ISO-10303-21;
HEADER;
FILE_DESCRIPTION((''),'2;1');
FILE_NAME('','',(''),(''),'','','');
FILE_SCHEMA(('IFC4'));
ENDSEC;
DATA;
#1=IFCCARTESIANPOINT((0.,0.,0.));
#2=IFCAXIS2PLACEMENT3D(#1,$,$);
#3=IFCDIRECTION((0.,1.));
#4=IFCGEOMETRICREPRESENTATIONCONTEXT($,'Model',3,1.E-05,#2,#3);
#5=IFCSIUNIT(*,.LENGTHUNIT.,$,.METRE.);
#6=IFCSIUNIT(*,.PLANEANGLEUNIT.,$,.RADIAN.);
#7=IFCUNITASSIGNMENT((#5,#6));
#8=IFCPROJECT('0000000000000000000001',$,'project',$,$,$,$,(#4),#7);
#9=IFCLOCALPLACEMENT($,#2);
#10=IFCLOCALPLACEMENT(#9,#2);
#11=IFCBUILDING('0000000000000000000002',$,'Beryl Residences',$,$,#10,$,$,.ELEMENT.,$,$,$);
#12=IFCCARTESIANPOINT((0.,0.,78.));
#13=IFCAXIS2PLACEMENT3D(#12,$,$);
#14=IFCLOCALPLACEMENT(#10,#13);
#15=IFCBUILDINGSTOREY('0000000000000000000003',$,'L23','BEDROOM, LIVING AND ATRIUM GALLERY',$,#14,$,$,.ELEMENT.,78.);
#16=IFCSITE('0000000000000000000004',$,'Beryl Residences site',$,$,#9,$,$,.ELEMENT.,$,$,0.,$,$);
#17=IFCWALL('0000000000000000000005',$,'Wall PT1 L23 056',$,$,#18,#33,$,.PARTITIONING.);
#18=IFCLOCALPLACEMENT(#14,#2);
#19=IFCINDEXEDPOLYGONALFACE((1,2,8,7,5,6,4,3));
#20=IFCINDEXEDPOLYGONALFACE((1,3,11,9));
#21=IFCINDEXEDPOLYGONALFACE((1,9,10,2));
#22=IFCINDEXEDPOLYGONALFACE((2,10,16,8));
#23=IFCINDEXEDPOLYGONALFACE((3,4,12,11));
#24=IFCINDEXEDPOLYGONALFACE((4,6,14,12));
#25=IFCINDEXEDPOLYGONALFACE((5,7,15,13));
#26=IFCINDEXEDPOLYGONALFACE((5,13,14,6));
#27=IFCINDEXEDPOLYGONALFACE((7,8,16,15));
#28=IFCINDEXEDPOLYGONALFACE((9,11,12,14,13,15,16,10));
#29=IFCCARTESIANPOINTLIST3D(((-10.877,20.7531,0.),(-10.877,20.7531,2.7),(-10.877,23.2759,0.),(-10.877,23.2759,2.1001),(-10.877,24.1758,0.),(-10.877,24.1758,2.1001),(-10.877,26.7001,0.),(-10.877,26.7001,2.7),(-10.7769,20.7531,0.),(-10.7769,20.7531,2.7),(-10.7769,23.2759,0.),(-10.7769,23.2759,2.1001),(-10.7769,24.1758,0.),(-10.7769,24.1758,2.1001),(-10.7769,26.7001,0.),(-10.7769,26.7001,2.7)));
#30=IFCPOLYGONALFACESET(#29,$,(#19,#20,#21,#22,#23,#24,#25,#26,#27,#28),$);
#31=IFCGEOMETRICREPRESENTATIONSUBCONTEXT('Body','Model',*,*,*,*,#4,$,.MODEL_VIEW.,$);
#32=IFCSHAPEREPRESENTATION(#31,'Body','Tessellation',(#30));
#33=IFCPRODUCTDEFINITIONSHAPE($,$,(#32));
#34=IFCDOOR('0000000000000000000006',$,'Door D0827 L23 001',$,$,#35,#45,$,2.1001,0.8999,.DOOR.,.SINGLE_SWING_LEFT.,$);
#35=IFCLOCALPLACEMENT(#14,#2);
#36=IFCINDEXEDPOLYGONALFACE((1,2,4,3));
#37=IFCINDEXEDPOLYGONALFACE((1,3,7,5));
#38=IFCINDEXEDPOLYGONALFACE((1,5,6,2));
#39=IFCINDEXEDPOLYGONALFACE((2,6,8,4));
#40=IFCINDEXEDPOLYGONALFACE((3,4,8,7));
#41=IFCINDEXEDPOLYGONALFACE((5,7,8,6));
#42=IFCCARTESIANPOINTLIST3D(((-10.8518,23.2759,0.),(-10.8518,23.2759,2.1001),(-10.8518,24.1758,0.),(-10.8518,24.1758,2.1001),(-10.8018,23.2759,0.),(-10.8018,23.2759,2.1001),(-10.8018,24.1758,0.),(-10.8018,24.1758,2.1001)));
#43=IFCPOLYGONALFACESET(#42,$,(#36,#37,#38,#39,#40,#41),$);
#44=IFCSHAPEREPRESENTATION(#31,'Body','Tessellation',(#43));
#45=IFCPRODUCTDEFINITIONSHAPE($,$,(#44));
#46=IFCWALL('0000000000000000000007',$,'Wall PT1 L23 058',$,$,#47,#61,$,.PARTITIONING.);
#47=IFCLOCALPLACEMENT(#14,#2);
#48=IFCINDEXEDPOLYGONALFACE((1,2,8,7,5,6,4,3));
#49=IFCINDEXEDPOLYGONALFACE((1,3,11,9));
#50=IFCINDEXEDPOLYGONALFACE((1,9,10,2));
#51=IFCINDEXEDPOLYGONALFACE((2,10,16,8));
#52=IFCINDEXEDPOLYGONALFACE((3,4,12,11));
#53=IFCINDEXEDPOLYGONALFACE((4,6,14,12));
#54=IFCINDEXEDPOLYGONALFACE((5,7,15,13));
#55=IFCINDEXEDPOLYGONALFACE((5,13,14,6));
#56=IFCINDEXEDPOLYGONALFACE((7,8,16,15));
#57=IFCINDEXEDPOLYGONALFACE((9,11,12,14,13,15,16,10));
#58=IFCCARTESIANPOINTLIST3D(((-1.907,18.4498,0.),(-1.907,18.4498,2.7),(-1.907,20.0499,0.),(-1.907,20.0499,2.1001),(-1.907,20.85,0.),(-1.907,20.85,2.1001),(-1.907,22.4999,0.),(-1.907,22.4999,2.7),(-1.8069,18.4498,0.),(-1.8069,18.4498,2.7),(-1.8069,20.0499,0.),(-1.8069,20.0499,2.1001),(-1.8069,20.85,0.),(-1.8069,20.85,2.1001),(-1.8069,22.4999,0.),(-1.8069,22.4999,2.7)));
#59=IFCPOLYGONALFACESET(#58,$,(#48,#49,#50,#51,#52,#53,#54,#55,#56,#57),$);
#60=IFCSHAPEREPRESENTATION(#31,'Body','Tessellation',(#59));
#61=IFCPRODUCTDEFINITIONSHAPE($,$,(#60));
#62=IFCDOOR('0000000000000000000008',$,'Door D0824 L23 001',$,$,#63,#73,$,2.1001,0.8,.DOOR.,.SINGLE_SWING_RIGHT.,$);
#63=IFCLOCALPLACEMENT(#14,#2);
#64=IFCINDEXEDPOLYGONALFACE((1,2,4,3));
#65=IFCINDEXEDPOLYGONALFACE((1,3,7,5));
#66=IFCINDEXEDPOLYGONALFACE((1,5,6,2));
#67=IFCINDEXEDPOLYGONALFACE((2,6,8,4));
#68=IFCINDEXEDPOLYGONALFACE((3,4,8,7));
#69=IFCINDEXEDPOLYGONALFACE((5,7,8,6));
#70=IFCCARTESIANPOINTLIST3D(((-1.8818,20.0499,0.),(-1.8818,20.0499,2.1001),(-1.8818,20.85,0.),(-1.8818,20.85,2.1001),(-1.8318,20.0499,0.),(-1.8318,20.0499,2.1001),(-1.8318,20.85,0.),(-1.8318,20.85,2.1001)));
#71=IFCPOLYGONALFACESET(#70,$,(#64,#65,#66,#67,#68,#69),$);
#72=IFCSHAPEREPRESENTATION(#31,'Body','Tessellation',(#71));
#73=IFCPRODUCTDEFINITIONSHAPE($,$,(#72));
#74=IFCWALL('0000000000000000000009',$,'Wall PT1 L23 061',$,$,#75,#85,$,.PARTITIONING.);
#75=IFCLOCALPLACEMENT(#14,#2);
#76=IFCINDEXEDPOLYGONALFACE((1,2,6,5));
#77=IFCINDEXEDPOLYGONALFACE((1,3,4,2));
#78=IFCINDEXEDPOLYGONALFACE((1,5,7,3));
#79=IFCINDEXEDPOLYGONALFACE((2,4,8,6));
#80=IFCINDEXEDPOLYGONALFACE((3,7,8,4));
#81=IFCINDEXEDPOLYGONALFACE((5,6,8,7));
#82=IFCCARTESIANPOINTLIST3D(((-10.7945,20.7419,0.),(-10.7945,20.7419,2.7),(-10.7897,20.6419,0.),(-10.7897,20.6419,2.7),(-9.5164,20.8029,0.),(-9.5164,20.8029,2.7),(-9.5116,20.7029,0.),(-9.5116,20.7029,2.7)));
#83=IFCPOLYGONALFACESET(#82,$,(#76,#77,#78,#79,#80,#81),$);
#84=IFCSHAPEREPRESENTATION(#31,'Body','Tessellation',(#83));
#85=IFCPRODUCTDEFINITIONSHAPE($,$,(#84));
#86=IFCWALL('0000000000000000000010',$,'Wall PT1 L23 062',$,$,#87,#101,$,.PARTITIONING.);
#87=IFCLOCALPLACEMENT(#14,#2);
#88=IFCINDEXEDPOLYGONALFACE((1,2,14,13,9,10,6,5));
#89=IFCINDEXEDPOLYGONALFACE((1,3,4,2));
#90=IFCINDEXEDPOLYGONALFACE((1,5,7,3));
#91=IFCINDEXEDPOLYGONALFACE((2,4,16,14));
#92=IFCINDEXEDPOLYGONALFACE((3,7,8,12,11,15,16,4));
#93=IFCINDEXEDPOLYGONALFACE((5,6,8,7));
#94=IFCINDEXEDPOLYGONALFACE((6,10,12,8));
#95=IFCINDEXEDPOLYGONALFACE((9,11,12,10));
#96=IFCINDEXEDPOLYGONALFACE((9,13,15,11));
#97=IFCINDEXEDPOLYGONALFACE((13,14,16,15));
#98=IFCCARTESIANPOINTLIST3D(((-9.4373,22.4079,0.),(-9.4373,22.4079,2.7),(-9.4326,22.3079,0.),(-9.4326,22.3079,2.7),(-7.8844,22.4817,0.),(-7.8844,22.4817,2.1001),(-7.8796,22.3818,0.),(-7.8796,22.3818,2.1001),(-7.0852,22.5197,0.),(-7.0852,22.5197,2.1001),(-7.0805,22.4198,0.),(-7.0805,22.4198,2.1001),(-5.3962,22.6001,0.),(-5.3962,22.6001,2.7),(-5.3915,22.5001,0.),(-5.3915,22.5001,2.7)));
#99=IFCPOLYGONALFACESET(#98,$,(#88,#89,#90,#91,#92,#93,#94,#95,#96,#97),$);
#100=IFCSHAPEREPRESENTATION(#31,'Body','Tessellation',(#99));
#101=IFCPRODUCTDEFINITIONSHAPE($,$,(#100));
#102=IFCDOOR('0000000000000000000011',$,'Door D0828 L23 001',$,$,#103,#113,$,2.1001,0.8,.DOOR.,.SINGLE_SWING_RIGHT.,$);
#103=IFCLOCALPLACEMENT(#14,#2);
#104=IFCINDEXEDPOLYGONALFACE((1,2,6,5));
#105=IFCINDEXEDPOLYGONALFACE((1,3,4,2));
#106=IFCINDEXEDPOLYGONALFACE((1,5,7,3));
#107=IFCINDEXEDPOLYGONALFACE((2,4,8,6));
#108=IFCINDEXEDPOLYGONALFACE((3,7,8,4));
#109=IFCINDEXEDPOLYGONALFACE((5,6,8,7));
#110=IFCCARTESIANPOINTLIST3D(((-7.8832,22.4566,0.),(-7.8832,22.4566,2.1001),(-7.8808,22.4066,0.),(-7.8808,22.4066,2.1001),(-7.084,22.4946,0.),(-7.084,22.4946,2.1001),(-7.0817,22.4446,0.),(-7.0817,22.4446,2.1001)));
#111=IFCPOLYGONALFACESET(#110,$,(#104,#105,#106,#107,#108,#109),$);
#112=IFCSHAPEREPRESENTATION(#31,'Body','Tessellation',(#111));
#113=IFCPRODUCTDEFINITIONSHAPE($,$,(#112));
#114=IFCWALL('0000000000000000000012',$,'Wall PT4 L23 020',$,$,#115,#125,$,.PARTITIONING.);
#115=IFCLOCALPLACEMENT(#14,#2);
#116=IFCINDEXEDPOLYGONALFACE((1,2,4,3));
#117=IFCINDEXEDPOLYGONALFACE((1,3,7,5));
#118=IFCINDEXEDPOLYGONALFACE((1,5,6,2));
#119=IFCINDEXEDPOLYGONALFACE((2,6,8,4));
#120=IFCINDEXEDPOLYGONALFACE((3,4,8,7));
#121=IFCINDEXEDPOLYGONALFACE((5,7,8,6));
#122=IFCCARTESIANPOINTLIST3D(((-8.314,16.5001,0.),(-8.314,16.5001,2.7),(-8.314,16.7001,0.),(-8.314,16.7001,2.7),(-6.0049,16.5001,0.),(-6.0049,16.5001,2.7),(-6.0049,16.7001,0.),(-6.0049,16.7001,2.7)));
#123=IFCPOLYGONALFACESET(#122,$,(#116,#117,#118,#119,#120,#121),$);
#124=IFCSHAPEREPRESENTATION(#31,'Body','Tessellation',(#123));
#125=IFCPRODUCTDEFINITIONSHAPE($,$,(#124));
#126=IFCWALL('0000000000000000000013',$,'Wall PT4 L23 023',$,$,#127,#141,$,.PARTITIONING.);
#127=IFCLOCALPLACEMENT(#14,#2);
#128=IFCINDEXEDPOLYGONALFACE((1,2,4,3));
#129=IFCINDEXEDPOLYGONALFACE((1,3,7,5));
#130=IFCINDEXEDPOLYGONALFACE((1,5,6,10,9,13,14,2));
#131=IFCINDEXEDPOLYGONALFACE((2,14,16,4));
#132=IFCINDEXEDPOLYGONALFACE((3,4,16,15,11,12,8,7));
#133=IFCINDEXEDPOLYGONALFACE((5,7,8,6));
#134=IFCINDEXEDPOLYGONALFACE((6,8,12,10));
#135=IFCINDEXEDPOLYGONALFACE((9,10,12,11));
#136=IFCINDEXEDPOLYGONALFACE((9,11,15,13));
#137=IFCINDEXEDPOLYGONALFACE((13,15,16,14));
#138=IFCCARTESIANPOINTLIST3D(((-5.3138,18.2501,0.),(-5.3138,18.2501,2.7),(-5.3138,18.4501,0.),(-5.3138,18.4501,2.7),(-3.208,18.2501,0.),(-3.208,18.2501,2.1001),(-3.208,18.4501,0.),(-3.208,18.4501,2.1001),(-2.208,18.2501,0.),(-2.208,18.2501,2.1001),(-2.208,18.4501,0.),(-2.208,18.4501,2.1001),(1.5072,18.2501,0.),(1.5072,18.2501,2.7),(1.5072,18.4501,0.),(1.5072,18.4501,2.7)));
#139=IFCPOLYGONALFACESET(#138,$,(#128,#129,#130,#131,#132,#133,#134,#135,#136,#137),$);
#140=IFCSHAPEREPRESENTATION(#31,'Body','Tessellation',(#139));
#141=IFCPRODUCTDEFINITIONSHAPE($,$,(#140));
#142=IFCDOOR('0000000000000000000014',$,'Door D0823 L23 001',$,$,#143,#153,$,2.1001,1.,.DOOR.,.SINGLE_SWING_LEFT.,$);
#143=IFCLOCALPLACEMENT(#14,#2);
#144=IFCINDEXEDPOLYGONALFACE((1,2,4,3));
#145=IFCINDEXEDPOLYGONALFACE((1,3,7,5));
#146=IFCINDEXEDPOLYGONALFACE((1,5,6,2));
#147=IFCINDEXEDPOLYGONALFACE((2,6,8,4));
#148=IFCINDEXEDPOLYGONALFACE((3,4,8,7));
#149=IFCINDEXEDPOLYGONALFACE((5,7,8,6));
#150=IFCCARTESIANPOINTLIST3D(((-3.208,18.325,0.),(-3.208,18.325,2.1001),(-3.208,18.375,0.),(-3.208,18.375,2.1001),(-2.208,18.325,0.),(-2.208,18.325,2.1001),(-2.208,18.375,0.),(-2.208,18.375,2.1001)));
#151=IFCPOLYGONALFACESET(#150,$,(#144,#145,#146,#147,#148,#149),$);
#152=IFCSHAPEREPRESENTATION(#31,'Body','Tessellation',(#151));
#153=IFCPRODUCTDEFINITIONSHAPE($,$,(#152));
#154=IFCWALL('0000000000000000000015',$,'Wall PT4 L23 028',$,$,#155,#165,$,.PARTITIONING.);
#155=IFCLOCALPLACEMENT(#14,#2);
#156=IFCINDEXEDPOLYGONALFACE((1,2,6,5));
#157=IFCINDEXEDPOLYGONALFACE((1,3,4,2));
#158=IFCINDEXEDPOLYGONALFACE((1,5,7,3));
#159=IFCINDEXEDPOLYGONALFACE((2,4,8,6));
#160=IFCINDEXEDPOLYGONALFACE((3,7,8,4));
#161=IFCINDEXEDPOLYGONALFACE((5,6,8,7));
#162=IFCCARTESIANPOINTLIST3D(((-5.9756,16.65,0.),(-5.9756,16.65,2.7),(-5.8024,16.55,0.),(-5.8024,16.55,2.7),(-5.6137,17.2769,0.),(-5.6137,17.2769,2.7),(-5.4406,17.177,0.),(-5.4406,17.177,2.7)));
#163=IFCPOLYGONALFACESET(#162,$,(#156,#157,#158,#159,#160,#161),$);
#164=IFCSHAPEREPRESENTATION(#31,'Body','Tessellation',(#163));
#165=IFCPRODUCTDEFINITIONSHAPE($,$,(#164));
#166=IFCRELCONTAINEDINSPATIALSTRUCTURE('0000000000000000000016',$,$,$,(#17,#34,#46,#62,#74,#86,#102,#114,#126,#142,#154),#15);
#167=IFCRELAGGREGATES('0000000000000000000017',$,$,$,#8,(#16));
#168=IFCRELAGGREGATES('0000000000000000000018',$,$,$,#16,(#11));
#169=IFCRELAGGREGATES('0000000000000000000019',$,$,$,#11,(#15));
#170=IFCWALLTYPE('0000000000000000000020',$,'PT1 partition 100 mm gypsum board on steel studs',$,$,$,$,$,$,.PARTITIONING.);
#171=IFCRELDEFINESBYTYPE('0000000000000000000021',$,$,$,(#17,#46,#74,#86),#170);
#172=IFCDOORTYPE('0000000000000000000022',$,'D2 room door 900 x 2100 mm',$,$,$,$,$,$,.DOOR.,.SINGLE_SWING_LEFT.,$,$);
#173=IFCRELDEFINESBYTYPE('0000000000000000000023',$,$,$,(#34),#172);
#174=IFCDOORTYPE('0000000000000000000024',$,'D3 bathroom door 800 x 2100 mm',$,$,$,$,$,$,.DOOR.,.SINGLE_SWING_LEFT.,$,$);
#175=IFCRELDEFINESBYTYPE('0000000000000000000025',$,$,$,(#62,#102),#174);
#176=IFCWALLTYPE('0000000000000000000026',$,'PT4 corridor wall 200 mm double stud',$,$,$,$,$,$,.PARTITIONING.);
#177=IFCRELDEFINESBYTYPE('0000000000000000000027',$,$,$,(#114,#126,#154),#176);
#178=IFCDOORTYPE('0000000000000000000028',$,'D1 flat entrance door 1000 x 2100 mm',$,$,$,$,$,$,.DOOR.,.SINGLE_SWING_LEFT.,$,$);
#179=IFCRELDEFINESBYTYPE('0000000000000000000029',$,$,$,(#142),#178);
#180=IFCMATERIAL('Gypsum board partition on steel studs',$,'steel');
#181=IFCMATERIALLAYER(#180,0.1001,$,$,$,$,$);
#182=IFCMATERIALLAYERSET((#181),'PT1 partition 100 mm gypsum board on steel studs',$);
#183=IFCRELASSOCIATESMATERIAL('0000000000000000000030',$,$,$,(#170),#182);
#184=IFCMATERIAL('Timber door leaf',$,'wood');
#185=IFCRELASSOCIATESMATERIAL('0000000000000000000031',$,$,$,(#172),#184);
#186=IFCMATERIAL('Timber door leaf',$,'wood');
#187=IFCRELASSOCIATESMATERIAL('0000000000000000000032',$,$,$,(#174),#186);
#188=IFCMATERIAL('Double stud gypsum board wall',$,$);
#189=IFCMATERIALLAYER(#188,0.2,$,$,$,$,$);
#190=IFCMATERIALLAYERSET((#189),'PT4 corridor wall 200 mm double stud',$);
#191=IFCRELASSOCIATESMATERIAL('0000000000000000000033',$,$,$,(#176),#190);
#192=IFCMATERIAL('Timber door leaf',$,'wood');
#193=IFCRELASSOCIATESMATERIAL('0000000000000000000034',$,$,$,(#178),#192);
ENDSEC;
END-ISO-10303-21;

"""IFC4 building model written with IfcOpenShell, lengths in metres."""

from ifc_helpers import new_model, si_unit, direction, frame, frame_2d, origin, place, context, subcontext, project, spatial, rectangle, extrude, material, layer, layer_set, type_object, element, fill, save


model = new_model("IFC4")

# Units and contexts
model_context = context("Model", 3, precision=1e-05, world=origin(), true_north=direction((0.0, 1.0)))
body_context = subcontext(model_context, "Body", "Model", "MODEL_VIEW")
ifc_project = project(units=[si_unit("LENGTHUNIT", "METRE"), si_unit("PLANEANGLEUNIT", "RADIAN")], contexts=[model_context])

# Site, building, storey
site_placement = place(None, origin())
site = spatial("IfcSite", under=ifc_project, at=site_placement, Name="Beryl Residences site", CompositionType="ELEMENT", RefElevation=0.0)
building_placement = place(site_placement, origin())
building = spatial("IfcBuilding", under=site, at=building_placement, Name="Beryl Residences", CompositionType="ELEMENT")
storey_placement = place(building_placement, frame((0.0, 0.0, 78.0)))
storey = spatial("IfcBuildingStorey", under=building, at=storey_placement, Name="L23", Description="BEDROOM, LIVING AND ATRIUM GALLERY", CompositionType="ELEMENT", Elevation=78.0)

# Shared definitions
ifc_material_1 = material(Name="Gypsum board partition on steel studs", Category="steel")
ifc_layer_1 = layer(ifc_material_1, 0.1001)
ifc_layer_set_1 = layer_set([ifc_layer_1], Name="PT1 partition 100 mm gypsum board on steel studs")
wall_type_1 = type_object("IfcWallType", Name="PT1 partition 100 mm gypsum board on steel studs", PredefinedType="PARTITIONING", material=ifc_layer_set_1)

# Shared definitions
ifc_material_2 = material(Name="Timber door leaf", Category="wood")
door_type_1 = type_object("IfcDoorType", Name="D2 room door 900 x 2100 mm", OperationType="SINGLE_SWING_LEFT", PredefinedType="DOOR", material=ifc_material_2)

# Walls, openings, doors
wall_1_placement = place(storey_placement, frame((-10.8269, 20.7529, 0.0), z_axis=(0.0, 0.0, 1.0), x_axis=(0.0, 1.0, 0.0)))
wall_1 = element("IfcWall", 1, at=wall_1_placement, inside=storey, type_object=wall_type_1, Name="Wall PT1 L23 056", PredefinedType="PARTITIONING", context=body_context, shape_type="SweptSolid", body=[
    extrude(rectangle(XDim=5.947, YDim=0.1001, at=frame_2d((2.9736, 0.0))), origin(), (0.0, 0.0, 1.0), 2.7),
])
opening_1_placement = place(wall_1_placement, frame((2.5229, 0.0, 0.0)))
opening_1 = element("IfcOpeningElement", 2, at=opening_1_placement, cuts=wall_1, PredefinedType="OPENING", context=body_context, shape_type="SweptSolid", body=[
    extrude(rectangle(XDim=0.8999, YDim=2.1001, at=frame_2d((0.45, 1.05))), frame((0.0, 0.0601, 0.0), z_axis=(0.0, -1.0, 0.0), x_axis=(1.0, 0.0, 0.0)), (0.0, 0.0, 1.0), 0.1201),
])
door_1_placement = place(opening_1_placement, origin())
door_1 = element("IfcDoor", 3, at=door_1_placement, inside=storey, type_object=door_type_1, Name="Door D0827 L23 001", OperationType="SINGLE_SWING_LEFT", OverallHeight=2.1001, OverallWidth=0.8999, PredefinedType="DOOR", context=body_context, shape_type="SweptSolid", body=[
    extrude(rectangle(XDim=0.8999, YDim=2.1001, at=frame_2d((0.45, 1.05))), frame((0.0, 0.0249, 0.0), z_axis=(0.0, -1.0, 0.0), x_axis=(1.0, 0.0, 0.0)), (0.0, 0.0, 1.0), 0.05),
])
fill(opening_1, door_1)
wall_2_placement = place(storey_placement, frame((-1.8569, 18.45, 0.0), z_axis=(0.0, 0.0, 1.0), x_axis=(0.0, 1.0, 0.0)))
wall_2 = element("IfcWall", 4, at=wall_2_placement, inside=storey, type_object=wall_type_1, Name="Wall PT1 L23 058", PredefinedType="PARTITIONING", context=body_context, shape_type="SweptSolid", body=[
    extrude(rectangle(XDim=4.05, YDim=0.1001, at=frame_2d((2.0249, 0.0))), origin(), (0.0, 0.0, 1.0), 2.7),
])
opening_2_placement = place(wall_2_placement, frame((1.6001, 0.0, 0.0)))
opening_2 = element("IfcOpeningElement", 5, at=opening_2_placement, cuts=wall_2, PredefinedType="OPENING", context=body_context, shape_type="SweptSolid", body=[
    extrude(rectangle(XDim=0.8, YDim=2.1001, at=frame_2d((0.3999, 1.05))), frame((0.0, 0.0601, 0.0), z_axis=(0.0, -1.0, 0.0), x_axis=(1.0, 0.0, 0.0)), (0.0, 0.0, 1.0), 0.1201),
])
ifc_material_3 = material(Name="Timber door leaf", Category="wood")
door_type_2 = type_object("IfcDoorType", Name="D3 bathroom door 800 x 2100 mm", OperationType="SINGLE_SWING_LEFT", PredefinedType="DOOR", material=ifc_material_3)
door_2_placement = place(opening_2_placement, origin())
door_2 = element("IfcDoor", 6, at=door_2_placement, inside=storey, type_object=door_type_2, Name="Door D0824 L23 001", OperationType="SINGLE_SWING_RIGHT", OverallHeight=2.1001, OverallWidth=0.8, PredefinedType="DOOR", context=body_context, shape_type="SweptSolid", body=[
    extrude(rectangle(XDim=0.8, YDim=2.1001, at=frame_2d((0.3999, 1.05))), frame((0.0, 0.0249, 0.0), z_axis=(0.0, -1.0, 0.0), x_axis=(1.0, 0.0, 0.0)), (0.0, 0.0, 1.0), 0.05),
])
fill(opening_2, door_2)

# Wall
wall_3_placement = place(storey_placement, frame((-10.792, 20.6919, 0.0), z_axis=(0.0, 0.0, 1.0), x_axis=(0.998862, 0.047701, 0.0)))
element("IfcWall", 7, at=wall_3_placement, inside=storey, type_object=wall_type_1, Name="Wall PT1 L23 061", PredefinedType="PARTITIONING", context=body_context, shape_type="SweptSolid", body=[
    extrude(rectangle(XDim=1.2795, YDim=0.1001, at=frame_2d((0.6396, 0.0))), origin(), (0.0, 0.0, 1.0), 2.7),
])

# Wall, opening, door
wall_4_placement = place(storey_placement, frame((-9.4351, 22.3579, 0.0), z_axis=(0.0, 0.0, 1.0), x_axis=(0.998872, 0.047493, 0.0)))
wall_4 = element("IfcWall", 8, at=wall_4_placement, inside=storey, type_object=wall_type_1, Name="Wall PT1 L23 062", PredefinedType="PARTITIONING", context=body_context, shape_type="SweptSolid", body=[
    extrude(rectangle(XDim=4.0457, YDim=0.1001, at=frame_2d((2.0229, 0.0))), origin(), (0.0, 0.0, 1.0), 2.7),
])
opening_3_placement = place(wall_4_placement, frame((1.5549, 0.0, 0.0)))
opening_3 = element("IfcOpeningElement", 9, at=opening_3_placement, cuts=wall_4, PredefinedType="OPENING", context=body_context, shape_type="SweptSolid", body=[
    extrude(rectangle(XDim=0.8, YDim=2.1001, at=frame_2d((0.3999, 1.05))), frame((0.0, 0.0601, 0.0), z_axis=(0.0, -1.0, 0.0), x_axis=(1.0, 0.0, 0.0)), (0.0, 0.0, 1.0), 0.1201),
])
door_3_placement = place(opening_3_placement, origin())
door_3 = element("IfcDoor", 10, at=door_3_placement, inside=storey, type_object=door_type_2, Name="Door D0828 L23 001", OperationType="SINGLE_SWING_RIGHT", OverallHeight=2.1001, OverallWidth=0.8, PredefinedType="DOOR", context=body_context, shape_type="SweptSolid", body=[
    extrude(rectangle(XDim=0.8, YDim=2.1001, at=frame_2d((0.3999, 1.05))), frame((0.0, 0.0249, 0.0), z_axis=(0.0, -1.0, 0.0), x_axis=(1.0, 0.0, 0.0)), (0.0, 0.0, 1.0), 0.05),
])
fill(opening_3, door_3)

# Wall
ifc_material_4 = material(Name="Double stud gypsum board wall")
ifc_layer_2 = layer(ifc_material_4, 0.2)
ifc_layer_set_2 = layer_set([ifc_layer_2], Name="PT4 corridor wall 200 mm double stud")
wall_type_2 = type_object("IfcWallType", Name="PT4 corridor wall 200 mm double stud", PredefinedType="PARTITIONING", material=ifc_layer_set_2)
wall_5_placement = place(storey_placement, frame((-8.314, 16.6001, 0.0), z_axis=(0.0, 0.0, 1.0), x_axis=(1.0, 0.0, 0.0)))
element("IfcWall", 11, at=wall_5_placement, inside=storey, type_object=wall_type_2, Name="Wall PT4 L23 020", PredefinedType="PARTITIONING", context=body_context, shape_type="SweptSolid", body=[
    extrude(rectangle(XDim=2.3091, YDim=0.2, at=frame_2d((1.1545, 0.0))), origin(), (0.0, 0.0, 1.0), 2.7),
])

# Wall, opening, door
wall_6_placement = place(storey_placement, frame((-5.314, 18.3501, 0.0), z_axis=(0.0, 0.0, 1.0), x_axis=(1.0, 0.0, 0.0)))
wall_6 = element("IfcWall", 12, at=wall_6_placement, inside=storey, type_object=wall_type_2, Name="Wall PT4 L23 023", PredefinedType="PARTITIONING", context=body_context, shape_type="SweptSolid", body=[
    extrude(rectangle(XDim=6.821, YDim=0.2, at=frame_2d((3.4106, 0.0))), origin(), (0.0, 0.0, 1.0), 2.7),
])
opening_4_placement = place(wall_6_placement, frame((2.106, 0.0, 0.0)))
opening_4 = element("IfcOpeningElement", 13, at=opening_4_placement, cuts=wall_6, PredefinedType="OPENING", context=body_context, shape_type="SweptSolid", body=[
    extrude(rectangle(XDim=1.0, YDim=2.1001, at=frame_2d((0.5, 1.05))), frame((0.0, 0.1099, 0.0), z_axis=(0.0, -1.0, 0.0), x_axis=(1.0, 0.0, 0.0)), (0.0, 0.0, 1.0), 0.22),
])
ifc_material_5 = material(Name="Timber door leaf", Category="wood")
door_type_3 = type_object("IfcDoorType", Name="D1 flat entrance door 1000 x 2100 mm", OperationType="SINGLE_SWING_LEFT", PredefinedType="DOOR", material=ifc_material_5)
door_4_placement = place(opening_4_placement, origin())
door_4 = element("IfcDoor", 14, at=door_4_placement, inside=storey, type_object=door_type_3, Name="Door D0823 L23 001", OperationType="SINGLE_SWING_LEFT", OverallHeight=2.1001, OverallWidth=1.0, PredefinedType="DOOR", context=body_context, shape_type="SweptSolid", body=[
    extrude(rectangle(XDim=1.0, YDim=2.1001, at=frame_2d((0.5, 1.05))), frame((0.0, 0.0249, 0.0), z_axis=(0.0, -1.0, 0.0), x_axis=(1.0, 0.0, 0.0)), (0.0, 0.0, 1.0), 0.05),
])
fill(opening_4, door_4)

# Wall
wall_7_placement = place(storey_placement, frame((-5.8889, 16.6001, 0.0), z_axis=(0.0, 0.0, 1.0), x_axis=(0.499839, 0.866118, 0.0)))
element("IfcWall", 15, at=wall_7_placement, inside=storey, type_object=wall_type_2, Name="Wall PT4 L23 028", PredefinedType="PARTITIONING", context=body_context, shape_type="SweptSolid", body=[
    extrude(rectangle(XDim=0.7239, YDim=0.2, at=frame_2d((0.3618, 0.0))), origin(), (0.0, 0.0, 1.0), 2.7),
])

save(model, "model.ifc")
